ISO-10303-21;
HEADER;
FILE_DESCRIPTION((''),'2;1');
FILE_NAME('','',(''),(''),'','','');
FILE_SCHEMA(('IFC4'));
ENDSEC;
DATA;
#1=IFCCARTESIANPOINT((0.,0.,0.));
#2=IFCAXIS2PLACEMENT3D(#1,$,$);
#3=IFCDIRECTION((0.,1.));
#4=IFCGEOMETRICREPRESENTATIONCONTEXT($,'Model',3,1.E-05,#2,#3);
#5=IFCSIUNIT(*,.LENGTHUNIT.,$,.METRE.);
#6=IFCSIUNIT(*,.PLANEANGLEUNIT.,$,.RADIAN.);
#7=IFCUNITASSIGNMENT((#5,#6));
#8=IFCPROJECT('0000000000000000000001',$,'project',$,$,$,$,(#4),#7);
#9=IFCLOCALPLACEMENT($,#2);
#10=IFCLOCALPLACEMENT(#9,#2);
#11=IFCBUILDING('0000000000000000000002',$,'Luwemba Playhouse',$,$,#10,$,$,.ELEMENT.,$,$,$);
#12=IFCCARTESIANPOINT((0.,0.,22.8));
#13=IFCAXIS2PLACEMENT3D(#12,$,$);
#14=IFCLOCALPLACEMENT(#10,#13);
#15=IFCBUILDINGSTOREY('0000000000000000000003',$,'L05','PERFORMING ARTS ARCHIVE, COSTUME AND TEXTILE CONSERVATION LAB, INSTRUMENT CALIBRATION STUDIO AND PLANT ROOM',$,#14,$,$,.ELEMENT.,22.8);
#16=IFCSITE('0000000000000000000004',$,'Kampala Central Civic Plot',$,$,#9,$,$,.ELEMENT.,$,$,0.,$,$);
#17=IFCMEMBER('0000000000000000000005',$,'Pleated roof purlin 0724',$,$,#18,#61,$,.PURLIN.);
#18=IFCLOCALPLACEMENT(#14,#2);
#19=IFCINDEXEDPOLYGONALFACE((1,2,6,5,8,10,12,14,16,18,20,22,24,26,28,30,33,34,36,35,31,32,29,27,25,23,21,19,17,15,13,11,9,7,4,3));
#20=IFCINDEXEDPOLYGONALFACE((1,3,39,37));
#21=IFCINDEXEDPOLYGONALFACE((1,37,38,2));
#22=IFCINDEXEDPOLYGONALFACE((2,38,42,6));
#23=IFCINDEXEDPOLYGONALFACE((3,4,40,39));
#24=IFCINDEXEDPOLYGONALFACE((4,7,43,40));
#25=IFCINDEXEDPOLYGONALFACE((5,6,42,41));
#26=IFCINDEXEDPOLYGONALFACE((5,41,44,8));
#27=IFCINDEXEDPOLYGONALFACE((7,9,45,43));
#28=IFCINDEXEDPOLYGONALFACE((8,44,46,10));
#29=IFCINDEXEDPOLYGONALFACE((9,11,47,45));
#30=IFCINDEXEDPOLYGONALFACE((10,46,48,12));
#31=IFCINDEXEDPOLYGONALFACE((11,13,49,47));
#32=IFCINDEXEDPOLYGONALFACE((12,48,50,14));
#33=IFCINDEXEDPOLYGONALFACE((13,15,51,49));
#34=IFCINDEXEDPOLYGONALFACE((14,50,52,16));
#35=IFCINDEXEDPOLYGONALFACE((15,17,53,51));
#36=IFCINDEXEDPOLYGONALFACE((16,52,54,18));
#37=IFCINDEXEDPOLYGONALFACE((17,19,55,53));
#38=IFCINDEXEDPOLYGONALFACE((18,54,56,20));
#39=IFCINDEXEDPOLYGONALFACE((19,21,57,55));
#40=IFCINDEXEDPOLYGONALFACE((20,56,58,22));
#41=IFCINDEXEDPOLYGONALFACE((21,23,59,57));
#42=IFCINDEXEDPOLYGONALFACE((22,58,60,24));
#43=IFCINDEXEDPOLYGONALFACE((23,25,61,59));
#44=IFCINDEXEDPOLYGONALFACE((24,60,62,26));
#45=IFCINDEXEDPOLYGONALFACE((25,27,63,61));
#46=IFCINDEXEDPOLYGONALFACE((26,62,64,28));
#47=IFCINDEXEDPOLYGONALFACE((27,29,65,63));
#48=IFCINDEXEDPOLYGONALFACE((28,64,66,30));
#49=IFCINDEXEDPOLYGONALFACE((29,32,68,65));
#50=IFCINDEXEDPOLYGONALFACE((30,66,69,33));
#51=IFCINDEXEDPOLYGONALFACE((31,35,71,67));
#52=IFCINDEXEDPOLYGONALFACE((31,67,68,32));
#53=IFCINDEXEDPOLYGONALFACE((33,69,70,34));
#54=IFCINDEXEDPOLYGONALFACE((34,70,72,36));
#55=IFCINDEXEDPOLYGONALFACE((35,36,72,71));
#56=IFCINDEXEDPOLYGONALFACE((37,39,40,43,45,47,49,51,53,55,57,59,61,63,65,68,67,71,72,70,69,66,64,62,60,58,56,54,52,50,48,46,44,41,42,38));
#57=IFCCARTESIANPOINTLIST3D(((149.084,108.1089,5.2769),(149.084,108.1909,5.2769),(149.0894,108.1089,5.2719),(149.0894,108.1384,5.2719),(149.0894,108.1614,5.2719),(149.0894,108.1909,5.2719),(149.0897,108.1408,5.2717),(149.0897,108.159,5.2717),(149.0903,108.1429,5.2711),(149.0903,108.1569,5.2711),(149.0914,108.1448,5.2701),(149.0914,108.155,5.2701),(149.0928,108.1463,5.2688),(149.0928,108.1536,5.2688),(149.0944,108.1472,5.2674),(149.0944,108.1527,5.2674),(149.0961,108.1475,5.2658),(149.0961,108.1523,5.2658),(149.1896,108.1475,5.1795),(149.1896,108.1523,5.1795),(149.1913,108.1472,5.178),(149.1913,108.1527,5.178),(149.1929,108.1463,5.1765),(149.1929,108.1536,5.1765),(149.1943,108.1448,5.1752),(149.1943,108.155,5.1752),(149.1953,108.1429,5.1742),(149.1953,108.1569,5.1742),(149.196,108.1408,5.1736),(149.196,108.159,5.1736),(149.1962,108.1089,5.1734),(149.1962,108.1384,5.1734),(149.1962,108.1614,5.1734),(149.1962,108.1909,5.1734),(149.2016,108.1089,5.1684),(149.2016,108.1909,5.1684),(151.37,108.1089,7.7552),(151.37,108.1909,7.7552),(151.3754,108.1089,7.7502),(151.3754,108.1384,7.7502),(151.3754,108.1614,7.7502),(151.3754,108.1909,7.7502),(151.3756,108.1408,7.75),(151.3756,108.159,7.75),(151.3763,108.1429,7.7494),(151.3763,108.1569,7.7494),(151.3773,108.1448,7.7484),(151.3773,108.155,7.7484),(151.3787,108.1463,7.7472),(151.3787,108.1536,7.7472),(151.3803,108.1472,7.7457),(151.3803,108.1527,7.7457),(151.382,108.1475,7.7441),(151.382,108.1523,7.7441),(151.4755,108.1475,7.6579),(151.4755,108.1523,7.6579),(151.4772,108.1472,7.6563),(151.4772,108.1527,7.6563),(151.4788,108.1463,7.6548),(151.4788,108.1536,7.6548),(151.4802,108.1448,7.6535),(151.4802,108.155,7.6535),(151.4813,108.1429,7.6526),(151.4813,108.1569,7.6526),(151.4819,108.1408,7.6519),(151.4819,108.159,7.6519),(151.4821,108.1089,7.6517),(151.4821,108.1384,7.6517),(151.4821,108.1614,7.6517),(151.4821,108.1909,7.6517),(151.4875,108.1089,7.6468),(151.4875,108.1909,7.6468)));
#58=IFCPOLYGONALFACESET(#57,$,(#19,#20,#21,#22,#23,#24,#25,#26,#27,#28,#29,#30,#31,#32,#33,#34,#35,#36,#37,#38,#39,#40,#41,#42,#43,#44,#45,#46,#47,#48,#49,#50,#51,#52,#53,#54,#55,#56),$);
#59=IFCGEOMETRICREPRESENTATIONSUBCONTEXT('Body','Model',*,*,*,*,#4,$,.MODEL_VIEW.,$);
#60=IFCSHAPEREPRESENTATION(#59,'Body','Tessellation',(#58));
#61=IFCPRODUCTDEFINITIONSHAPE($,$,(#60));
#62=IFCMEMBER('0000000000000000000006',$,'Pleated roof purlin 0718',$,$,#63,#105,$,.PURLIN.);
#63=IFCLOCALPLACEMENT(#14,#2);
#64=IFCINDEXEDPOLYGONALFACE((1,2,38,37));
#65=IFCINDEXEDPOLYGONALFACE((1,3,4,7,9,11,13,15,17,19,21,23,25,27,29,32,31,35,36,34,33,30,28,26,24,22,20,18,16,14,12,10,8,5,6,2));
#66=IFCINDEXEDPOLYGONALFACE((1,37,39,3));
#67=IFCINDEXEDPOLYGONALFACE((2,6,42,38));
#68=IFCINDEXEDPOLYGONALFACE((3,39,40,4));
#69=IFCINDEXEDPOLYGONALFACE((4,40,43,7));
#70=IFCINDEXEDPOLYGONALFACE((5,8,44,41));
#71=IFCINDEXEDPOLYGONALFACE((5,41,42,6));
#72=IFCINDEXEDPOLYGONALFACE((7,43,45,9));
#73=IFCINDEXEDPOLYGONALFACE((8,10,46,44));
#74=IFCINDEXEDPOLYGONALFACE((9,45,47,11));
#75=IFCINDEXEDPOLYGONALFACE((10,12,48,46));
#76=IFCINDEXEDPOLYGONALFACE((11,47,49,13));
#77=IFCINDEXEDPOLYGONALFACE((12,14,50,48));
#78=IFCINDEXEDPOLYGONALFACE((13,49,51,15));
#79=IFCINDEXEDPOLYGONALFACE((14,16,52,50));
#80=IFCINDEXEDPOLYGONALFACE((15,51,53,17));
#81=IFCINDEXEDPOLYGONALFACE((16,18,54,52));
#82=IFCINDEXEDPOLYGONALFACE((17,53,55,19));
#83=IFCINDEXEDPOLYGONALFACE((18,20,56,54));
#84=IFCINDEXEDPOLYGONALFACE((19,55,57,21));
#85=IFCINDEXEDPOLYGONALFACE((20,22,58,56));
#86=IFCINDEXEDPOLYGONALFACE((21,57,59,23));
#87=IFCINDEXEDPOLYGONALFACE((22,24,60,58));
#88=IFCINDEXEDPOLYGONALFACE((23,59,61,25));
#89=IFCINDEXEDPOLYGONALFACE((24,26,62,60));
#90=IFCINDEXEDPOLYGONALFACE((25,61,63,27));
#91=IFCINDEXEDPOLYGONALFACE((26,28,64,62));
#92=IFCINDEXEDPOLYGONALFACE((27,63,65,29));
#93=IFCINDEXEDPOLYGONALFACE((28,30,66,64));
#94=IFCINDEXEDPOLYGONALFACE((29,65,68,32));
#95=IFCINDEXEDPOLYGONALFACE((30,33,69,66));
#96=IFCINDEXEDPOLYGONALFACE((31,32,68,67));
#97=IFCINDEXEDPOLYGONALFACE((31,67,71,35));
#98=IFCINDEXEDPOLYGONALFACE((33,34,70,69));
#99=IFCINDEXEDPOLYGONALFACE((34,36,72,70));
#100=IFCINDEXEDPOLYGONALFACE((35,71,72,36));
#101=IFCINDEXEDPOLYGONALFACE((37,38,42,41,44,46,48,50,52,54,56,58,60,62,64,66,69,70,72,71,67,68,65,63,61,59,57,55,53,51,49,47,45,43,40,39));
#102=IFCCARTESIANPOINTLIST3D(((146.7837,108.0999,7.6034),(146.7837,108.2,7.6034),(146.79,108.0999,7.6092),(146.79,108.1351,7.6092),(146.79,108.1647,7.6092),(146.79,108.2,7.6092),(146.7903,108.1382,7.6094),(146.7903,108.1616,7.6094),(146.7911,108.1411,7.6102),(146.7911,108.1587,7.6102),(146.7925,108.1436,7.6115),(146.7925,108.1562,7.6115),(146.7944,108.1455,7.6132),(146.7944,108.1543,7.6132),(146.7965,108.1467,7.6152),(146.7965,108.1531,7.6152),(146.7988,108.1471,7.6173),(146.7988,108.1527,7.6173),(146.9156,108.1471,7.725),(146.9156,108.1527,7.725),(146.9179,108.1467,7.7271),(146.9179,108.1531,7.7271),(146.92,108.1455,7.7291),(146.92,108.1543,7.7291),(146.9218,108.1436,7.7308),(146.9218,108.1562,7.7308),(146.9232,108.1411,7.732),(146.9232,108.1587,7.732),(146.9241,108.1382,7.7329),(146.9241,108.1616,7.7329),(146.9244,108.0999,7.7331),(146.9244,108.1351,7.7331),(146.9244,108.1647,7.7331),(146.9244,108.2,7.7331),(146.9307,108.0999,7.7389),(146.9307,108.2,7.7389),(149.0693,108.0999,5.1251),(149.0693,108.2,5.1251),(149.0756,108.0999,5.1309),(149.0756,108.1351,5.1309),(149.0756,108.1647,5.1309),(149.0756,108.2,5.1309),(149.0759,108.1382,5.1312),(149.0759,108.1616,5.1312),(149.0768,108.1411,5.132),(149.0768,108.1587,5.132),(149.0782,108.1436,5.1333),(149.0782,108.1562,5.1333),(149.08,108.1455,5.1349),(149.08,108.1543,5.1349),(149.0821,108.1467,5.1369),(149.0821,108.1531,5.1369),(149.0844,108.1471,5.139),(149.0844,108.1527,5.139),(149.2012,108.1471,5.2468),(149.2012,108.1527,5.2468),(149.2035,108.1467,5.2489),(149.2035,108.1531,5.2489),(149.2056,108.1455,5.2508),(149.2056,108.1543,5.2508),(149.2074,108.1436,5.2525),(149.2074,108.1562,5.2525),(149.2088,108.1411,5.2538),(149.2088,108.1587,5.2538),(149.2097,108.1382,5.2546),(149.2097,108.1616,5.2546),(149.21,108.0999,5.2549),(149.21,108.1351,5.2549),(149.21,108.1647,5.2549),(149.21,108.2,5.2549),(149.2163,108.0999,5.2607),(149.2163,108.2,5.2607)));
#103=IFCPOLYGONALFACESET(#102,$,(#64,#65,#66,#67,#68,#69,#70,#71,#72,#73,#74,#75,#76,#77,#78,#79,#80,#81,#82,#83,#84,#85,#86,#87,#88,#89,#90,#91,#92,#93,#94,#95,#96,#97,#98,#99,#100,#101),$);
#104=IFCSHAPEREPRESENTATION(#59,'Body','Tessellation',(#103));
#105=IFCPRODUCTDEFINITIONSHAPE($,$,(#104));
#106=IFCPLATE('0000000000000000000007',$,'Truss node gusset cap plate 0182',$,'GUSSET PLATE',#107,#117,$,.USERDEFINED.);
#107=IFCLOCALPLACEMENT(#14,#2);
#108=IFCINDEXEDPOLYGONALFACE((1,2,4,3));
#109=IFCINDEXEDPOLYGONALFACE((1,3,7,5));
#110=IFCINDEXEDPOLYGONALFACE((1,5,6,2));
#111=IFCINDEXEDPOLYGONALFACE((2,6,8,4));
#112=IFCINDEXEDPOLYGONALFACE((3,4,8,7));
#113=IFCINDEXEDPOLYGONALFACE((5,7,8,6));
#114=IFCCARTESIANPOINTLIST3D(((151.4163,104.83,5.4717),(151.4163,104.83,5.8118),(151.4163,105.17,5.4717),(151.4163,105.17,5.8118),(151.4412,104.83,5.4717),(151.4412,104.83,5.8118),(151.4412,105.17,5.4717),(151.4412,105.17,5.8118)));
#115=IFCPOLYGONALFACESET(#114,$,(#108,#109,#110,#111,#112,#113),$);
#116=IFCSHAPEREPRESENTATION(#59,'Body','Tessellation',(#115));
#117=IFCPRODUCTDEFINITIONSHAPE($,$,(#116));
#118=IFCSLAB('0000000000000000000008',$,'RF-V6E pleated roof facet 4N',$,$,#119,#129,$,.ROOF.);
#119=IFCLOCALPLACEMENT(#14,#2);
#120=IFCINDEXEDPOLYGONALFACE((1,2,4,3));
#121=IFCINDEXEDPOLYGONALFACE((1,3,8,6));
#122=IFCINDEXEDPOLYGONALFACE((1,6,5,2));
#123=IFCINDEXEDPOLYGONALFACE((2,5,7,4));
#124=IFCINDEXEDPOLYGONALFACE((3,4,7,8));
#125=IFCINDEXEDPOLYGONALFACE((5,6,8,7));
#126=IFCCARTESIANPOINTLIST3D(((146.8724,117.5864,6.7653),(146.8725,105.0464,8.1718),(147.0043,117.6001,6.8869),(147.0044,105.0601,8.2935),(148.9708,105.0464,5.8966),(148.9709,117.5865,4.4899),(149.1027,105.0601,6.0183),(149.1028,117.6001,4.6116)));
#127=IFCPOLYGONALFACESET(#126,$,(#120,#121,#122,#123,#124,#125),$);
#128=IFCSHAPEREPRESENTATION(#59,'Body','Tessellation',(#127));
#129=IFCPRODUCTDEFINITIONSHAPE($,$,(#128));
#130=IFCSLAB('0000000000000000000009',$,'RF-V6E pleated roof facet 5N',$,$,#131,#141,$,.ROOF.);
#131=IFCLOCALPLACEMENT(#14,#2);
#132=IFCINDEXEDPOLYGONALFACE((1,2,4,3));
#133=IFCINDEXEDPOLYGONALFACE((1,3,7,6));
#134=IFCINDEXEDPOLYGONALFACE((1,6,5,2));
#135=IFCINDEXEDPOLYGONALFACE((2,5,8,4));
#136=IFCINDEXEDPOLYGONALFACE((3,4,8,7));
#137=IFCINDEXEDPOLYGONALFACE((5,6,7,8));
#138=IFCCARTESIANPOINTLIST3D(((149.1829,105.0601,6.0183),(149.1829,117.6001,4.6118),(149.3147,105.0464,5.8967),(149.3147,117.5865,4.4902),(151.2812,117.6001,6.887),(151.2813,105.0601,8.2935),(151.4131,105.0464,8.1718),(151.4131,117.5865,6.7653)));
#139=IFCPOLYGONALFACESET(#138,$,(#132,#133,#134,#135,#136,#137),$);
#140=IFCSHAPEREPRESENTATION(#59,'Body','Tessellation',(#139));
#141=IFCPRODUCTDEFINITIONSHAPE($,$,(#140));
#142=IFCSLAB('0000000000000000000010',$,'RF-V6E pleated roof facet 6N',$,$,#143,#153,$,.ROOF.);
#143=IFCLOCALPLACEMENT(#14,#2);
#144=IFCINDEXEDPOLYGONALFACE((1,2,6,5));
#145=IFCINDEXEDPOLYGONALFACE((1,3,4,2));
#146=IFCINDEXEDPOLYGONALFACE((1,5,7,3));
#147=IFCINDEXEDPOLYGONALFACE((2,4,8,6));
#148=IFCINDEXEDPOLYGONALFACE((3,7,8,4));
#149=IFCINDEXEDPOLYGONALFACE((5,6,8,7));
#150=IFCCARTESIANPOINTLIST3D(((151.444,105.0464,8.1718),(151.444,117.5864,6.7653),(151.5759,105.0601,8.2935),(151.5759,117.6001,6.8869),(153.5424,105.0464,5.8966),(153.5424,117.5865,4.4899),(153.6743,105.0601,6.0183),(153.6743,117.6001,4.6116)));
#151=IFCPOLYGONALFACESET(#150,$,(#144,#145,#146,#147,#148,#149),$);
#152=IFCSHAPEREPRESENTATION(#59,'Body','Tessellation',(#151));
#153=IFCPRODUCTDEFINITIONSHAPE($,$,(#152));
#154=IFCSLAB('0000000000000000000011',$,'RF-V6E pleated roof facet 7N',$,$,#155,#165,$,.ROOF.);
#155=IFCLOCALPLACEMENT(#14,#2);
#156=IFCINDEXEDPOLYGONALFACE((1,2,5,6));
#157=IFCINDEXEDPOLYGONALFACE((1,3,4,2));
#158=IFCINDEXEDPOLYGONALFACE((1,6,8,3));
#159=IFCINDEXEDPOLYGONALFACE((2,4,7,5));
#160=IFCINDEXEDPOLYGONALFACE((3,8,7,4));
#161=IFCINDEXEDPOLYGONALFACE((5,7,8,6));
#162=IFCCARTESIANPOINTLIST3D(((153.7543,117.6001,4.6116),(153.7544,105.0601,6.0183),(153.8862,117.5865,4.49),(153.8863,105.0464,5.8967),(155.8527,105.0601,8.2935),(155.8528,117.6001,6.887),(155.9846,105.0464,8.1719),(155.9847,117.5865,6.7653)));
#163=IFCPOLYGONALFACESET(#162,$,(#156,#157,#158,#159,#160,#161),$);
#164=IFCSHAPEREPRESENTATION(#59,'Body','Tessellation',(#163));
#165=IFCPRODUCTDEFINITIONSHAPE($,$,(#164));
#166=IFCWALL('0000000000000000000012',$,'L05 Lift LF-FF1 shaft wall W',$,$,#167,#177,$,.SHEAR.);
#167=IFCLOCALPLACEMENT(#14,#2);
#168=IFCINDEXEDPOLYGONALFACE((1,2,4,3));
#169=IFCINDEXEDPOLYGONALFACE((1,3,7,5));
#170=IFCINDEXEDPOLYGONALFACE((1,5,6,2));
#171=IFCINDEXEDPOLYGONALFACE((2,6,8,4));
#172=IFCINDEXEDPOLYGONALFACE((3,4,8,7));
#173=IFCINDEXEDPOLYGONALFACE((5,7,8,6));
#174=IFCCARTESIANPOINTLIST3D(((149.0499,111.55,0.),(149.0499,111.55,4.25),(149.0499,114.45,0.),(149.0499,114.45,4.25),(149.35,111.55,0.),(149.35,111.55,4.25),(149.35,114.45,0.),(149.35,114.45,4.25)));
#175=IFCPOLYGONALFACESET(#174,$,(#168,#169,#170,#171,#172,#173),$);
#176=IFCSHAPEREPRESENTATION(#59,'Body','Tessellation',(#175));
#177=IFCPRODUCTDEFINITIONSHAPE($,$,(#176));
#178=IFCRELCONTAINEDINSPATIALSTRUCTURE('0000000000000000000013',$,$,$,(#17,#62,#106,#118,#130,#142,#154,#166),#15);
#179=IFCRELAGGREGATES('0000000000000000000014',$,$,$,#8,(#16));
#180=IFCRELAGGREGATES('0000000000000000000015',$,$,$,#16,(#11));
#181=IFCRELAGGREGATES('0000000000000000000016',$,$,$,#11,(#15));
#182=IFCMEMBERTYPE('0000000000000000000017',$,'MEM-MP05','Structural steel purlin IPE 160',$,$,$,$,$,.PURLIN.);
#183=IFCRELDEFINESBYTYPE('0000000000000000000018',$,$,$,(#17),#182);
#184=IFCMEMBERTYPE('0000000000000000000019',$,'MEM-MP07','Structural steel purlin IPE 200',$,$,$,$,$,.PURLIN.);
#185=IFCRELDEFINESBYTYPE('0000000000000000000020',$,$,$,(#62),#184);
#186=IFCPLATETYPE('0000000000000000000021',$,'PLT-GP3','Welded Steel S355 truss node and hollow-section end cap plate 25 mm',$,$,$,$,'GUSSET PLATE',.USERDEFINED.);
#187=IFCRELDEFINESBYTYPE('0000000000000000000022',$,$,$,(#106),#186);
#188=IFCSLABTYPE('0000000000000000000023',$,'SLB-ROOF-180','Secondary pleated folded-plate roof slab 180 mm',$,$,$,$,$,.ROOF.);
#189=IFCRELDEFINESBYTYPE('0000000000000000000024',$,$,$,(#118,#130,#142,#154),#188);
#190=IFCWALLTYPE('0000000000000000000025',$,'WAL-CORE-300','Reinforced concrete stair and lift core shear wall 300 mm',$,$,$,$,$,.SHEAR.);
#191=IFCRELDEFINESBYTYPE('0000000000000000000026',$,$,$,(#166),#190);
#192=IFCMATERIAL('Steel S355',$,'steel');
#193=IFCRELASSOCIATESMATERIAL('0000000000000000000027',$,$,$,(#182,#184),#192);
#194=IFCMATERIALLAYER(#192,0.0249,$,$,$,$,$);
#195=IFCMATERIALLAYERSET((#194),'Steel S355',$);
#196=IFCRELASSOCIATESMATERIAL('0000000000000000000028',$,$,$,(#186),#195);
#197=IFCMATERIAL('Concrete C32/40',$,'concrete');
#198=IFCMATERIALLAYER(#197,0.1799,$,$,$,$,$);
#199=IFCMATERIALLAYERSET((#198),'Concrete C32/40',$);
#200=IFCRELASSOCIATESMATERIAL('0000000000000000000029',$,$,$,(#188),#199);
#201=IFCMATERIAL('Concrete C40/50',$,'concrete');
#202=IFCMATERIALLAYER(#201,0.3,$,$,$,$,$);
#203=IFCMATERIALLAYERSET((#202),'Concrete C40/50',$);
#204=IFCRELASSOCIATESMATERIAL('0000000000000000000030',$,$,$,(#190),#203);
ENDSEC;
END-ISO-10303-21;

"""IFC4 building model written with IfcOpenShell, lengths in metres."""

from ifc_helpers import new_model, si_unit, direction, frame, frame_2d, origin, origin_2d, place, context, subcontext, project, spatial, polyline, rectangle, i_section, outline, extrude, material, layer, layer_set, material_profile, profile_set, type_object, element, save


model = new_model("IFC4")

# Units and contexts
model_context = context("Model", 3, precision=1e-05, world=origin(), true_north=direction((0.0, 1.0)))
body_context = subcontext(model_context, "Body", "Model", "MODEL_VIEW")
ifc_project = project(units=[si_unit("LENGTHUNIT", "METRE"), si_unit("PLANEANGLEUNIT", "RADIAN")], contexts=[model_context])

# Site, building, storey
site_placement = place(None, origin())
site = spatial("IfcSite", under=ifc_project, at=site_placement, Name="Kampala Central Civic Plot", CompositionType="ELEMENT", RefElevation=0.0)
building_placement = place(site_placement, origin())
building = spatial("IfcBuilding", under=site, at=building_placement, Name="Luwemba Playhouse", CompositionType="ELEMENT")
storey_placement = place(building_placement, frame((0.0, 0.0, 22.8)))
storey = spatial("IfcBuildingStorey", under=building, at=storey_placement, Name="L05", Description="PERFORMING ARTS ARCHIVE, COSTUME AND TEXTILE CONSERVATION LAB, INSTRUMENT CALIBRATION STUDIO AND PLANT ROOM", CompositionType="ELEMENT", Elevation=22.8)

# Shared definitions
ifc_material_1 = material(Name="Concrete C40/50", Category="concrete")

# Shared definitions
ifc_material_2 = material(Name="Steel S355", Category="steel")

# Members
ifc_material_profile_1 = material_profile(ifc_material_2, i_section(OverallWidth=0.082, OverallDepth=0.1599, WebThickness=0.0049, FlangeThickness=0.0073, FilletRadius=0.009, at=origin_2d()))
ifc_profile_set_1 = profile_set([ifc_material_profile_1], Name="Steel S355")
member_type_1 = type_object("IfcMemberType", Name="MEM-MP05", Description="Structural steel purlin IPE 160", PredefinedType="PURLIN", material=ifc_profile_set_1)
member_1_placement = place(storey_placement, frame((149.1428, 108.1499, 5.2227), z_axis=(0.678, 0.0, 0.735062), x_axis=(0.0, 1.0, 0.0)))
element("IfcMember", 1, at=member_1_placement, inside=storey, type_object=member_type_1, Name="Pleated roof purlin 0724", PredefinedType="PURLIN", context=body_context, shape_type="SweptSolid", body=[
    extrude(i_section(OverallWidth=0.082, OverallDepth=0.1599, WebThickness=0.0049, FlangeThickness=0.0073, FilletRadius=0.009, at=origin_2d()), origin(), (0.0, 0.0, 1.0), 3.3716),
])
ifc_material_profile_2 = material_profile(ifc_material_2, i_section(OverallWidth=0.1001, OverallDepth=0.2, WebThickness=0.0056, FlangeThickness=0.0085, FilletRadius=0.012, at=origin_2d()))
ifc_profile_set_2 = profile_set([ifc_material_profile_2], Name="Steel S355")
member_type_2 = type_object("IfcMemberType", Name="MEM-MP07", Description="Structural steel purlin IPE 200", PredefinedType="PURLIN", material=ifc_profile_set_2)
member_2_placement = place(storey_placement, frame((146.8572, 108.1499, 7.6711), z_axis=(0.677961, 0.0, -0.735098), x_axis=(0.0, 1.0, 0.0)))
element("IfcMember", 2, at=member_2_placement, inside=storey, type_object=member_type_2, Name="Pleated roof purlin 0718", PredefinedType="PURLIN", context=body_context, shape_type="SweptSolid", body=[
    extrude(i_section(OverallWidth=0.1001, OverallDepth=0.2, WebThickness=0.0056, FlangeThickness=0.0085, FilletRadius=0.012, at=origin_2d()), origin(), (0.0, 0.0, 1.0), 3.3713),
])

# Plate
ifc_layer_1 = layer(ifc_material_2, 0.0249)
ifc_layer_set_1 = layer_set([ifc_layer_1], Name="Steel S355")
plate_type = type_object("IfcPlateType", Name="PLT-GP3", Description="Welded Steel S355 truss node and hollow-section end cap plate 25 mm", ElementType="GUSSET PLATE", PredefinedType="USERDEFINED", material=ifc_layer_set_1)
plate_placement = place(storey_placement, frame((151.4287, 105.0, 5.4717), z_axis=(0.0, 0.0, 1.0), x_axis=(1.0, 0.0, 0.0)))
element("IfcPlate", 3, at=plate_placement, inside=storey, type_object=plate_type, Name="Truss node gusset cap plate 0182", ObjectType="GUSSET PLATE", PredefinedType="USERDEFINED", context=body_context, shape_type="SweptSolid", body=[
    extrude(rectangle(XDim=0.0249, YDim=0.3401, at=origin_2d()), origin(), (0.0, 0.0, 1.0), 0.3401),
])

# Slabs
ifc_material_3 = material(Name="Concrete C32/40", Category="concrete")
ifc_layer_2 = layer(ifc_material_3, 0.1799)
ifc_layer_set_2 = layer_set([ifc_layer_2], Name="Concrete C32/40")
slab_type = type_object("IfcSlabType", Name="SLB-ROOF-180", Description="Secondary pleated folded-plate roof slab 180 mm", PredefinedType="ROOF", material=ifc_layer_set_2)
slab_1_placement = place(storey_placement, frame((147.0044, 105.0601, 8.2935), z_axis=(0.732986, 0.075827, 0.676004), x_axis=(0.677956, -0.000002, -0.735103)))
element("IfcSlab", 4, at=slab_1_placement, inside=storey, type_object=slab_type, Name="RF-V6E pleated roof facet 4N", PredefinedType="ROOF", context=body_context, shape_type="SweptSolid", body=[
    extrude(outline(polyline([(0.0, 0.0), (3.0951, 0.0), (4.1292, 12.5763), (1.0339, 12.5762), (0.0, 0.0)])), origin(), (0.0, 0.0, -1.0), 0.1799),
])
slab_2_placement = place(storey_placement, frame((149.1829, 105.0601, 6.0183), z_axis=(-0.732969, 0.075823, 0.676024), x_axis=(0.677975, 0.0, 0.735085)))
element("IfcSlab", 5, at=slab_2_placement, inside=storey, type_object=slab_type, Name="RF-V6E pleated roof facet 5N", PredefinedType="ROOF", context=body_context, shape_type="SweptSolid", body=[
    extrude(outline(polyline([(0.0, 0.0), (3.0951, 0.0), (2.0612, 12.5762), (-1.0339, 12.5762), (0.0, 0.0)])), origin(), (0.0, 0.0, -1.0), 0.1799),
])
slab_3_placement = place(storey_placement, frame((151.5759, 105.0601, 8.2935), z_axis=(0.732986, 0.075827, 0.676004), x_axis=(0.677956, -0.000002, -0.735103)))
element("IfcSlab", 6, at=slab_3_placement, inside=storey, type_object=slab_type, Name="RF-V6E pleated roof facet 6N", PredefinedType="ROOF", context=body_context, shape_type="SweptSolid", body=[
    extrude(outline(polyline([(0.0, 0.0), (3.0951, 0.0), (4.1292, 12.5763), (1.0339, 12.5762), (0.0, 0.0)])), origin(), (0.0, 0.0, -1.0), 0.1799),
])
slab_4_placement = place(storey_placement, frame((153.7544, 105.0601, 6.0183), z_axis=(-0.732986, 0.075827, 0.676004), x_axis=(0.677956, 0.000002, 0.735103)))
element("IfcSlab", 7, at=slab_4_placement, inside=storey, type_object=slab_type, Name="RF-V6E pleated roof facet 7N", PredefinedType="ROOF", context=body_context, shape_type="SweptSolid", body=[
    extrude(outline(polyline([(0.0, 0.0), (3.0951, 0.0), (2.0612, 12.5762), (-1.0341, 12.5763), (0.0, 0.0)])), origin(), (0.0, 0.0, -1.0), 0.1799),
])

# Shared definitions
ifc_layer_3 = layer(ifc_material_1, 0.3)
ifc_layer_set_3 = layer_set([ifc_layer_3], Name="Concrete C40/50")
wall_type_1 = type_object("IfcWallType", Name="WAL-CORE-300", Description="Reinforced concrete stair and lift core shear wall 300 mm", PredefinedType="SHEAR", material=ifc_layer_set_3)

# Wall
wall_1_placement = place(storey_placement, frame((149.2, 111.55, 0.0), z_axis=(0.0, 0.0, 1.0), x_axis=(0.0, 1.0, 0.0)))
element("IfcWall", 8, at=wall_1_placement, inside=storey, type_object=wall_type_1, Name="L05 Lift LF-FF1 shaft wall W", PredefinedType="SHEAR", context=body_context, shape_type="SweptSolid", body=[
    extrude(rectangle(XDim=2.8999, YDim=0.3, at=frame_2d((1.45, 0.0))), origin(), (0.0, 0.0, 1.0), 4.25),
])

save(model, "model.ifc")
